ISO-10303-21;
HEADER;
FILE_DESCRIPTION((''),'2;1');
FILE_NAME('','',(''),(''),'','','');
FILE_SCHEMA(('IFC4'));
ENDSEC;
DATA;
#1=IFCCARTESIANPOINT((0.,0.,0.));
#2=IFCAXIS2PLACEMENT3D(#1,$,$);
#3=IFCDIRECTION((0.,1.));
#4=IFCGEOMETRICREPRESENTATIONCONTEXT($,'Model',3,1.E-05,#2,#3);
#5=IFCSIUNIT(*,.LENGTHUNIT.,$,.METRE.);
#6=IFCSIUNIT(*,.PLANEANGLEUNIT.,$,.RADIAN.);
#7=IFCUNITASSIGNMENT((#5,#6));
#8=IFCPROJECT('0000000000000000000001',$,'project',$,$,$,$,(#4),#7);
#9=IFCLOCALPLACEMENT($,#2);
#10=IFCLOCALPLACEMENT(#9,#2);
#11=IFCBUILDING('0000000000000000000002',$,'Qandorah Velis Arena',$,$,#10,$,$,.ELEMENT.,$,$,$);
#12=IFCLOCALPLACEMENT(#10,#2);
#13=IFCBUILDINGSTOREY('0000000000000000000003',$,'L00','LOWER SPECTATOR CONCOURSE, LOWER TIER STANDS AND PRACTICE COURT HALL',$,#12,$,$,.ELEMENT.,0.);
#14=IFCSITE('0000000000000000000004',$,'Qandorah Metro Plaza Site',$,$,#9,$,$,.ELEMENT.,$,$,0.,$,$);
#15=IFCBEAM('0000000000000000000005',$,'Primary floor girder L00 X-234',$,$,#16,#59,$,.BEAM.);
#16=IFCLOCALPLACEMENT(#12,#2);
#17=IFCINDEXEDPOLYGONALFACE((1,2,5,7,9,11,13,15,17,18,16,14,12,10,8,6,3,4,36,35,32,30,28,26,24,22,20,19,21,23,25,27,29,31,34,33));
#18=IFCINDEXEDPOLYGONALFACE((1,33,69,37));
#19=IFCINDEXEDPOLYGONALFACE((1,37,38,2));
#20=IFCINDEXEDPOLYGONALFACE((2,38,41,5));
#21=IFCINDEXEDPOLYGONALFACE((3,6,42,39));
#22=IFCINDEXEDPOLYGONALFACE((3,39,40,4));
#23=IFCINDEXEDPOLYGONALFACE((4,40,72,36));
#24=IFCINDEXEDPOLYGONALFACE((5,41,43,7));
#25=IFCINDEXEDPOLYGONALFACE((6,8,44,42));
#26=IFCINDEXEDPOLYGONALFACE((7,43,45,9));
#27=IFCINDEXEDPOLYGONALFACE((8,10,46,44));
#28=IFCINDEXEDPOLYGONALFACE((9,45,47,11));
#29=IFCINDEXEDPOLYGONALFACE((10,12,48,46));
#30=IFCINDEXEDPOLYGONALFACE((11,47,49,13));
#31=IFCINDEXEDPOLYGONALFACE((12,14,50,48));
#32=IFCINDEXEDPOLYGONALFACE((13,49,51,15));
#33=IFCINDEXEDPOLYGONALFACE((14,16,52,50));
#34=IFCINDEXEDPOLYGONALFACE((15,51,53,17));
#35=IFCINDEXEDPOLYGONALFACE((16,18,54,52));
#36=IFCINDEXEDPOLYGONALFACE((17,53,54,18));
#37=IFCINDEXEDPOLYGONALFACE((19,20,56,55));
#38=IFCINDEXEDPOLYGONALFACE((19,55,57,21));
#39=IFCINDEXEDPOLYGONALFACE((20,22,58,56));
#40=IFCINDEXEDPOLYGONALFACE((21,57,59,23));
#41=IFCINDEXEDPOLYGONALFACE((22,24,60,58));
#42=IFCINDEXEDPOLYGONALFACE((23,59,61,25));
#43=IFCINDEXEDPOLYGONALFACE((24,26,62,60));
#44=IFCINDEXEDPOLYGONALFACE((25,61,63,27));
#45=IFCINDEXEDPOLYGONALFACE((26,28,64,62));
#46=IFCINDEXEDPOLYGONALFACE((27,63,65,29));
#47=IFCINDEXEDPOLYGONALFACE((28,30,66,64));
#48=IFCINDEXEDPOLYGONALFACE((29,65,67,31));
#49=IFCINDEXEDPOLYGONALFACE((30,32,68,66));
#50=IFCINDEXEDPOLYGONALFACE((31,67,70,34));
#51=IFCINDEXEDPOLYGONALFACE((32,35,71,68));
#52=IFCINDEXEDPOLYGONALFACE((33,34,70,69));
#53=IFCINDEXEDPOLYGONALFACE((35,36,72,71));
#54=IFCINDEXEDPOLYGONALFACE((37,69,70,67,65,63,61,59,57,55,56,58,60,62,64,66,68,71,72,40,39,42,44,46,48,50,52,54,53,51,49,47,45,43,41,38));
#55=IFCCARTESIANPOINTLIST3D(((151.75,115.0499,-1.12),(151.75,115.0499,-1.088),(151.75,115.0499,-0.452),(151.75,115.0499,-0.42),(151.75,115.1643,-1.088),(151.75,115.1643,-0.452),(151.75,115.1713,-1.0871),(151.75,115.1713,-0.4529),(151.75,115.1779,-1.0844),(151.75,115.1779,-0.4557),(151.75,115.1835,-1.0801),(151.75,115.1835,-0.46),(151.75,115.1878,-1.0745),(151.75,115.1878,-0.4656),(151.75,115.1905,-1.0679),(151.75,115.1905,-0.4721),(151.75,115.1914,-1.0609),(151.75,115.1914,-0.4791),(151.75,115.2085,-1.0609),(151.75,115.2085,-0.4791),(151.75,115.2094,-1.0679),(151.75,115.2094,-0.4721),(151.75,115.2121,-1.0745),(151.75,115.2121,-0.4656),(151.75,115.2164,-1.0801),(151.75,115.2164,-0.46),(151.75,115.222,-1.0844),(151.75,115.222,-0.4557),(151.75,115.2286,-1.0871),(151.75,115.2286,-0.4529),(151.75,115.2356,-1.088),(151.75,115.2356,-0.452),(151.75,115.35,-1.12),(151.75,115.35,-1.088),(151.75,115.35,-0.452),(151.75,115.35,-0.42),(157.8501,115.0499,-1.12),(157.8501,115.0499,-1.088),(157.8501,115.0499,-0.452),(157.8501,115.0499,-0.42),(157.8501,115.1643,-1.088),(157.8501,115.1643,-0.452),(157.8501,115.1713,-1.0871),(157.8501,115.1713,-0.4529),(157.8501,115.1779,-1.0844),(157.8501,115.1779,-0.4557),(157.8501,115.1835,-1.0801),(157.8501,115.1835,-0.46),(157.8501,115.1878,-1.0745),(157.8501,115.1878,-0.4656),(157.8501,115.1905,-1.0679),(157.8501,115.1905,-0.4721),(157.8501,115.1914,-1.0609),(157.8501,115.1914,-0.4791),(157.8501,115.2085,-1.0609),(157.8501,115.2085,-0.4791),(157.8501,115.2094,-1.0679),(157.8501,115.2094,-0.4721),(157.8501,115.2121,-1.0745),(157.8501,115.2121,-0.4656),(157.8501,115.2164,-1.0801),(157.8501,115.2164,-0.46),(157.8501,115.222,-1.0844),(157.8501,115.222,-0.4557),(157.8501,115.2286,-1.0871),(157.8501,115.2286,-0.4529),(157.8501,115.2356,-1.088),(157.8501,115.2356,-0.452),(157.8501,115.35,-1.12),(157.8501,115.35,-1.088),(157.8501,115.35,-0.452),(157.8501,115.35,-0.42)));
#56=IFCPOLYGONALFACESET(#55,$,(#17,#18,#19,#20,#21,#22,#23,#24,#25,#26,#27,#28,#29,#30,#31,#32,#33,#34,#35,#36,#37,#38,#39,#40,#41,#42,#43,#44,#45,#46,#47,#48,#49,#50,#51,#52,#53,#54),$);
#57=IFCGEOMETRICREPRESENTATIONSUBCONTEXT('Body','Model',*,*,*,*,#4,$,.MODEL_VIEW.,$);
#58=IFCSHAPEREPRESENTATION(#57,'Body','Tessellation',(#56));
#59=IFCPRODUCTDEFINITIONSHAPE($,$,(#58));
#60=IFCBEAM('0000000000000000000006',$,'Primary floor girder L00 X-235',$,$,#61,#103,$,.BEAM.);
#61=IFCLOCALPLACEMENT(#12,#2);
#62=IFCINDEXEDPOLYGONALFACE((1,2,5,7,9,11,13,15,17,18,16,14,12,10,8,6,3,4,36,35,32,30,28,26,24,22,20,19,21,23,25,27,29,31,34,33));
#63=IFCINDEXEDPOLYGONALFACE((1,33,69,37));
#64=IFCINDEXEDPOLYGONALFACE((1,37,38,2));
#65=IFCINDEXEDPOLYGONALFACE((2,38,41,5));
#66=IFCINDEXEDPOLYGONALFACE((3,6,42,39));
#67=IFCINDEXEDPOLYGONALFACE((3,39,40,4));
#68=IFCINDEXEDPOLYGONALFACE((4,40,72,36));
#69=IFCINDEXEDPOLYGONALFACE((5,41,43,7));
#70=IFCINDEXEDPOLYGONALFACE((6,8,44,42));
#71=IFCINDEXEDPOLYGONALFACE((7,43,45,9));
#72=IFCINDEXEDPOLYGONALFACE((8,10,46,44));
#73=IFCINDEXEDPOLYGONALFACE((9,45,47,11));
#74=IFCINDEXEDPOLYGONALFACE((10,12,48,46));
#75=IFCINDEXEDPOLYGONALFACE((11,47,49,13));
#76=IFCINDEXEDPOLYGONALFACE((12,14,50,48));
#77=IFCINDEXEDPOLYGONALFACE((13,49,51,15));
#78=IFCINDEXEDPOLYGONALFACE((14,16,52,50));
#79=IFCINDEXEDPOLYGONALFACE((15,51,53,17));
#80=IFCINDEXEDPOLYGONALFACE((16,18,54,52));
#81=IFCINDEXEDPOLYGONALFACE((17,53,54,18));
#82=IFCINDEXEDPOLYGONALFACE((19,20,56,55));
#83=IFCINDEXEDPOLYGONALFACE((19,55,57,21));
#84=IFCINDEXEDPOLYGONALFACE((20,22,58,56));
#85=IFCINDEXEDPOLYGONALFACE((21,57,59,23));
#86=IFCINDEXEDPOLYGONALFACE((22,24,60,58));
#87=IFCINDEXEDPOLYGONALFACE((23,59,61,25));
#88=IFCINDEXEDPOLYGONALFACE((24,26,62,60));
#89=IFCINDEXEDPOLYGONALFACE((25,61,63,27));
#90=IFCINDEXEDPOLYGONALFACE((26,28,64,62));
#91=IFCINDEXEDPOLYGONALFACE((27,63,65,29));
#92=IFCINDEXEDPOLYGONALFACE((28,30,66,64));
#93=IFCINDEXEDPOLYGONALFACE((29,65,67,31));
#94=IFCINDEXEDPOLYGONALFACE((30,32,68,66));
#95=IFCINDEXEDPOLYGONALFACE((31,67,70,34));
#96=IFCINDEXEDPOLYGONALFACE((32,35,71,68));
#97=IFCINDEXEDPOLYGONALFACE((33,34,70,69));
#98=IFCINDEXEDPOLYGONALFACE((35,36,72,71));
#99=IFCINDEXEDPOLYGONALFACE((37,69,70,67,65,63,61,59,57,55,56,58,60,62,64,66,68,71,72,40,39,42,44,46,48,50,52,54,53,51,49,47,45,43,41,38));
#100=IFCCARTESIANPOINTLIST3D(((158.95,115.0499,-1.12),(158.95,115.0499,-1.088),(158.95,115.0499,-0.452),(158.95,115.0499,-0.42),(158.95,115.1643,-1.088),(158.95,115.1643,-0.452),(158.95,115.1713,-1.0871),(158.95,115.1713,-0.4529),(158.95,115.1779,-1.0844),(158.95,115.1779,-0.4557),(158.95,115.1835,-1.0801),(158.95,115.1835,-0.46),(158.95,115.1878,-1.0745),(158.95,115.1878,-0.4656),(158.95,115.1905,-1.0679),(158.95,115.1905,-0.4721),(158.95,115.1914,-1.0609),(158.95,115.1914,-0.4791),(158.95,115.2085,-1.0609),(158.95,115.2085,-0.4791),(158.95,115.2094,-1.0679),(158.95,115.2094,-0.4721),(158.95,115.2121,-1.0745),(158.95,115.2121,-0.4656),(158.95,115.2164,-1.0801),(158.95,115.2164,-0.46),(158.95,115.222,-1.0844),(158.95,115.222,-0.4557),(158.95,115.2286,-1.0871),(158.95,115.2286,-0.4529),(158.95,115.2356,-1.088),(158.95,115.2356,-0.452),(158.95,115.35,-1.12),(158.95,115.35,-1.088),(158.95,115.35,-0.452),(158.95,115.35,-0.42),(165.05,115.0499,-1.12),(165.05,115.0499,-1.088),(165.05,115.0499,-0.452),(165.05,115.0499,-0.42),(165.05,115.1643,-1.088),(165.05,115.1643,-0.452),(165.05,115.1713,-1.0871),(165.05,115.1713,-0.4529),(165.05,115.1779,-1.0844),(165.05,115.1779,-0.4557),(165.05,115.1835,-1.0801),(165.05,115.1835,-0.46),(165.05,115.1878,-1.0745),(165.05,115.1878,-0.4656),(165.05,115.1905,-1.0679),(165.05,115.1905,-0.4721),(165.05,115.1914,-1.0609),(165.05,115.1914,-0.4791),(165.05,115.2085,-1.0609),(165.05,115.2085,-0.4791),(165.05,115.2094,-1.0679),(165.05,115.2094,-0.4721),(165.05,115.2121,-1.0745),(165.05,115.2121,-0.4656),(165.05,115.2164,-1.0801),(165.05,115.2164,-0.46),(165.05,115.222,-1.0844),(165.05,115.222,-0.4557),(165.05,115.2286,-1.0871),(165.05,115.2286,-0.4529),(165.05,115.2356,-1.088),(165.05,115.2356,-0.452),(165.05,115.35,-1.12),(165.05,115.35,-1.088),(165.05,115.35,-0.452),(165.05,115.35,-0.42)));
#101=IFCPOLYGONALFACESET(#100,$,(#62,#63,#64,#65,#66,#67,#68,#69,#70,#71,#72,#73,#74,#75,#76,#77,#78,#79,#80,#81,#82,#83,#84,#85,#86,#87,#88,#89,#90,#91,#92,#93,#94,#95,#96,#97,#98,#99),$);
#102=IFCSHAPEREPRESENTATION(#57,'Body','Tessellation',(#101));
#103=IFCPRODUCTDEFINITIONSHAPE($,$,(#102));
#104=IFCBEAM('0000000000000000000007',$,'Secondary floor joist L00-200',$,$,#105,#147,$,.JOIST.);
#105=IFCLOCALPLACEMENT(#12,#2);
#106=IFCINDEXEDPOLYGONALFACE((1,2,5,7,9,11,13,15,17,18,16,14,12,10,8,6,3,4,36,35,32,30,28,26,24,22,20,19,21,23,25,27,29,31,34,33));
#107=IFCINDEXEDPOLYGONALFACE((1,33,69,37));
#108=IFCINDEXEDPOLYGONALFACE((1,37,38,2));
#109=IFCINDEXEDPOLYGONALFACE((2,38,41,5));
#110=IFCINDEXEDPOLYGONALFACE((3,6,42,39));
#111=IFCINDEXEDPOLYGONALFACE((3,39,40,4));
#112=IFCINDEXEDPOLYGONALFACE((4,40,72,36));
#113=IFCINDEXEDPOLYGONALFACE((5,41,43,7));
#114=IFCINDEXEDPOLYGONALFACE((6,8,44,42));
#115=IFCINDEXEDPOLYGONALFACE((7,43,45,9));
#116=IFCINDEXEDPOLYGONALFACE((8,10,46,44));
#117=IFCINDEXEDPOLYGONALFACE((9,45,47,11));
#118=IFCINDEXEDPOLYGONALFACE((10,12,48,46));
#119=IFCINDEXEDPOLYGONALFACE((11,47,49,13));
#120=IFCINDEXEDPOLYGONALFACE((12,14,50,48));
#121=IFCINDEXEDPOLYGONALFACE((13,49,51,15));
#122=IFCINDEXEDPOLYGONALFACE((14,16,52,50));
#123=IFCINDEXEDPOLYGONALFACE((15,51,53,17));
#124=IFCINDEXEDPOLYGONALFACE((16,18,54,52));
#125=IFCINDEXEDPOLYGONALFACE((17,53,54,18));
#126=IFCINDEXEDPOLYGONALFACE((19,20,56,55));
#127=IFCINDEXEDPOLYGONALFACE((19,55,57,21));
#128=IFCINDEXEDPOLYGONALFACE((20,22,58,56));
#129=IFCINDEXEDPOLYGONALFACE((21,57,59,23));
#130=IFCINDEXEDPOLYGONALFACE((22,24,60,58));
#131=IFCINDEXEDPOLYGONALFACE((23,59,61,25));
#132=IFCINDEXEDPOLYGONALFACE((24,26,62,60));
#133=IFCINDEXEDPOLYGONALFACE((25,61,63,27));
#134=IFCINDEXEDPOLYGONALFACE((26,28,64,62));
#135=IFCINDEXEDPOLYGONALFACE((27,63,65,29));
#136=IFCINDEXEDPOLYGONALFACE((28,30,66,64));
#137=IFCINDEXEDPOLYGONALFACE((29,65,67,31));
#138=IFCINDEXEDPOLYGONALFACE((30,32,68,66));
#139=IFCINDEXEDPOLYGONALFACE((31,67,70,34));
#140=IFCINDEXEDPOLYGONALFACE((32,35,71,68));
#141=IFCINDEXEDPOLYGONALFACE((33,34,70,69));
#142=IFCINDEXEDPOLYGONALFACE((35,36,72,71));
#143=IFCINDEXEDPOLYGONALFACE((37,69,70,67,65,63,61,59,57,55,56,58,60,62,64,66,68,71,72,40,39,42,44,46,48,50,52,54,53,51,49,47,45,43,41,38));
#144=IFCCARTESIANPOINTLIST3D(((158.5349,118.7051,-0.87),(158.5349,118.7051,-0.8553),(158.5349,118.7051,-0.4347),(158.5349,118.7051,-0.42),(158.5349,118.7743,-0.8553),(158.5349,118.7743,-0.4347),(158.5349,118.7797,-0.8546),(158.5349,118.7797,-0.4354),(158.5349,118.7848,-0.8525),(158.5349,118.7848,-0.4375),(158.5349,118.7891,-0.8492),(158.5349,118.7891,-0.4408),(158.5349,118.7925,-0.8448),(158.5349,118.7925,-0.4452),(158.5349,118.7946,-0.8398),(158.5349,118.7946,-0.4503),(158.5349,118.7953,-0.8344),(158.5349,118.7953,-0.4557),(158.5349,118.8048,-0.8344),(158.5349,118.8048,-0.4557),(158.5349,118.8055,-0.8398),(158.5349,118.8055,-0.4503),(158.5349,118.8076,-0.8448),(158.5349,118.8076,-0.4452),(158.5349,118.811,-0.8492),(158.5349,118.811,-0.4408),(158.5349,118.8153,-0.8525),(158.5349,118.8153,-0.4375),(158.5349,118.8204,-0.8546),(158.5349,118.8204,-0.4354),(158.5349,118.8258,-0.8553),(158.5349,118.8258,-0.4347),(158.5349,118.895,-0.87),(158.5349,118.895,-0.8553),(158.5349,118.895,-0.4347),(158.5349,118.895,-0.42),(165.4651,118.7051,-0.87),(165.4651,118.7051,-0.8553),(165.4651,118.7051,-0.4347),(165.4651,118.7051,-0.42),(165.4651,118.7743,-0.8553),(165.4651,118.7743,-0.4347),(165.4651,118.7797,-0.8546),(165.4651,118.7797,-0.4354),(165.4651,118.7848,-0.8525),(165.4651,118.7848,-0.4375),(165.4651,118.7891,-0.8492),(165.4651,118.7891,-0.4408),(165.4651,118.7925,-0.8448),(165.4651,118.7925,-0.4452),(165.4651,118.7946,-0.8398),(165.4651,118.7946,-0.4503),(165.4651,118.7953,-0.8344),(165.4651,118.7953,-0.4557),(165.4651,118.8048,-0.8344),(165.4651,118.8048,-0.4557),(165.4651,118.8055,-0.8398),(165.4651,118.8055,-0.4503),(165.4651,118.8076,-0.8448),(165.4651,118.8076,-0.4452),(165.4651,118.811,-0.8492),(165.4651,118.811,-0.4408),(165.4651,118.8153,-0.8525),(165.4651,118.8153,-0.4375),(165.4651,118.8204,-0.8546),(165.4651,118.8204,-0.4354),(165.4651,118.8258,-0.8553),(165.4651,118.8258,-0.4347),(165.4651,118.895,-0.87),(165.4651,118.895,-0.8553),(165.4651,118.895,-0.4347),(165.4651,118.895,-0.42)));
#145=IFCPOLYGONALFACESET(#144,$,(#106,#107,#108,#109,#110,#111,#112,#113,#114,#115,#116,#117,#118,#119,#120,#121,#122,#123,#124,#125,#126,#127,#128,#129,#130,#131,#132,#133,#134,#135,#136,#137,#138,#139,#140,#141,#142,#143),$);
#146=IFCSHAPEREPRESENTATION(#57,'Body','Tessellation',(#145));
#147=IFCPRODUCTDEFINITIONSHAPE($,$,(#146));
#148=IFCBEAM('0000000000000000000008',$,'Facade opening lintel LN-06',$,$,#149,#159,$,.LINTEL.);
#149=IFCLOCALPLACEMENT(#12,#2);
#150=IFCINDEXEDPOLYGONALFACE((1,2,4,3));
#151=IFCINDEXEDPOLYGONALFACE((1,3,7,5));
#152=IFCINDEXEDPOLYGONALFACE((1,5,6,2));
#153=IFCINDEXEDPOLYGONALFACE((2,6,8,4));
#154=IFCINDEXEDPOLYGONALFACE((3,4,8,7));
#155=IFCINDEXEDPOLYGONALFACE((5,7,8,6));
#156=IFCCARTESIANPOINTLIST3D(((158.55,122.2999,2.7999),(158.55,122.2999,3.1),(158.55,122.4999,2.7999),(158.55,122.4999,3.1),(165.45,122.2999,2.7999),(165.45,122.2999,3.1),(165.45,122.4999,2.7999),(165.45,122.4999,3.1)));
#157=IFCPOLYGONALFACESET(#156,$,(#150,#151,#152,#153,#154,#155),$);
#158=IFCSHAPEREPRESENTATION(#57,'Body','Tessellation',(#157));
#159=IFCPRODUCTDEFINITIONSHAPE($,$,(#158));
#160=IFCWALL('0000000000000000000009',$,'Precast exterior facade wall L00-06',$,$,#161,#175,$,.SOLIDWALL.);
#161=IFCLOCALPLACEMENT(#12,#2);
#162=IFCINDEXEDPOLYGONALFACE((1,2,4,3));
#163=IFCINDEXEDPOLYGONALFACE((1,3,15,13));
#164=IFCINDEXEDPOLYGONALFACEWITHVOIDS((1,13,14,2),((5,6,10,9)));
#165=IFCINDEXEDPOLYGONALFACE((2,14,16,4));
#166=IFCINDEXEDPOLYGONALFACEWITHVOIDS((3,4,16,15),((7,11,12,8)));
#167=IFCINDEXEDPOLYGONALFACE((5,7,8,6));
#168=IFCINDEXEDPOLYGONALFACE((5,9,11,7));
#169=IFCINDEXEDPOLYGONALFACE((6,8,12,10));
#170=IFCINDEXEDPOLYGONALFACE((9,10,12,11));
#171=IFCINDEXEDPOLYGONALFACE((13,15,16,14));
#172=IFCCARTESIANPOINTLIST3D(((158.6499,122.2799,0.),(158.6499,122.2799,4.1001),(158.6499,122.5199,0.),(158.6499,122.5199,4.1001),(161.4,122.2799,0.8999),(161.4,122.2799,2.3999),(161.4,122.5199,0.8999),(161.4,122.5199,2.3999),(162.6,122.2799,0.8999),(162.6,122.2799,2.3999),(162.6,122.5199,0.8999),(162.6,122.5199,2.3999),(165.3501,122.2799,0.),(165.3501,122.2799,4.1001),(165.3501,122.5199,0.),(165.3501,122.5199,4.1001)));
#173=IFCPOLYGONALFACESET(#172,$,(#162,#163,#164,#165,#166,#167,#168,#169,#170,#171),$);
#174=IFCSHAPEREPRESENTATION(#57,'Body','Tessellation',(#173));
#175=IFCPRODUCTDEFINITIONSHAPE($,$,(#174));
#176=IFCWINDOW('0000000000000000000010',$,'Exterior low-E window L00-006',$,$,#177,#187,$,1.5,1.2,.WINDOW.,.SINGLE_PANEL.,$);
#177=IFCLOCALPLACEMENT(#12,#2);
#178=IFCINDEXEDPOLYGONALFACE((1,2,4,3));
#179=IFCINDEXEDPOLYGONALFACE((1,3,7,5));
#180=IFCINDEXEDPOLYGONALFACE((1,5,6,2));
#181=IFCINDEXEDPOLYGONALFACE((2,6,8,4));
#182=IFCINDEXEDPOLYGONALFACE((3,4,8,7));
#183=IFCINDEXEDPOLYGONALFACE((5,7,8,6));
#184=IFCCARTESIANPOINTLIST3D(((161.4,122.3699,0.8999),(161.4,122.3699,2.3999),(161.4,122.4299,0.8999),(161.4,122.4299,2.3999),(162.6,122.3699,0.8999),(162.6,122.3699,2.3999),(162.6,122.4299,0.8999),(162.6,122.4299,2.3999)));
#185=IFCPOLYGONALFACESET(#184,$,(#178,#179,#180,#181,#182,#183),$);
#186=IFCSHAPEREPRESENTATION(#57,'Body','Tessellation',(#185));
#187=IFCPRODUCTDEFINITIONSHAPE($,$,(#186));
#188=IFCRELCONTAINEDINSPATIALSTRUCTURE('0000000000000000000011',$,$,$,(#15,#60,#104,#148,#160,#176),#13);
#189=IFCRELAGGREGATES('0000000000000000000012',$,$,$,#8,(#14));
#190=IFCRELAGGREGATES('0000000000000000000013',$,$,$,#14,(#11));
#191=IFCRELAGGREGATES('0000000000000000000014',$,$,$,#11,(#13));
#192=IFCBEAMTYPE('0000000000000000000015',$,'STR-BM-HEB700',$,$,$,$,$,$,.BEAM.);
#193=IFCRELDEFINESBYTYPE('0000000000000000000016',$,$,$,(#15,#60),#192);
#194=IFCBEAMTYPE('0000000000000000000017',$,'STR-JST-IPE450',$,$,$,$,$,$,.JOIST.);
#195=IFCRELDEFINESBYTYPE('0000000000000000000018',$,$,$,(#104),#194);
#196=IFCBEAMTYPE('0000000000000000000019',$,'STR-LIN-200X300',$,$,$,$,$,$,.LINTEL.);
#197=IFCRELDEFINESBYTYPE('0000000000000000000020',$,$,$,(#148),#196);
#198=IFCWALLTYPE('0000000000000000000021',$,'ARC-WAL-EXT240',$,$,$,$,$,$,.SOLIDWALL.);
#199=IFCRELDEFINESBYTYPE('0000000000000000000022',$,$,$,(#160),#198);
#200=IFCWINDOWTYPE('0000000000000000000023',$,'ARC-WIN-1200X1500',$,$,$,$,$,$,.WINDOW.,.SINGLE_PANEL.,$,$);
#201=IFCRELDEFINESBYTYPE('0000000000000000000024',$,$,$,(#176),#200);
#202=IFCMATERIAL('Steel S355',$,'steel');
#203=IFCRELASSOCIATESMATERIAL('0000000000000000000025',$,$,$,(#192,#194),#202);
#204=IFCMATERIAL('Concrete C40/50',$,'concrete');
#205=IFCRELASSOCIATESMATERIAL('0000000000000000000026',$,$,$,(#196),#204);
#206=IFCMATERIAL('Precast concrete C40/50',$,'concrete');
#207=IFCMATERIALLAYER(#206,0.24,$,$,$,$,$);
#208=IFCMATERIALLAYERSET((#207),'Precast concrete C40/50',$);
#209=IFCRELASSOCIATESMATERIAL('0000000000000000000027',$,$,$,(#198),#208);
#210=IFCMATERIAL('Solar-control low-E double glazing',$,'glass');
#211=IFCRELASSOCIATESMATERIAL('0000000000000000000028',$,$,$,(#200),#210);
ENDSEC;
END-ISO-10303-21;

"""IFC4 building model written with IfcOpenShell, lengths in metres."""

from ifc_helpers import new_model, si_unit, direction, frame, frame_2d, origin, origin_2d, place, context, subcontext, project, spatial, rectangle, i_section, extrude, material, layer, layer_set, material_profile, profile_set, type_object, element, fill, save


model = new_model("IFC4")

# Units and contexts
model_context = context("Model", 3, precision=1e-05, world=origin(), true_north=direction((0.0, 1.0)))
body_context = subcontext(model_context, "Body", "Model", "MODEL_VIEW")
ifc_project = project(units=[si_unit("LENGTHUNIT", "METRE"), si_unit("PLANEANGLEUNIT", "RADIAN")], contexts=[model_context])

# Site, building, storey
site_placement = place(None, origin())
site = spatial("IfcSite", under=ifc_project, at=site_placement, Name="Qandorah Metro Plaza Site", CompositionType="ELEMENT", RefElevation=0.0)
building_placement = place(site_placement, origin())
building = spatial("IfcBuilding", under=site, at=building_placement, Name="Qandorah Velis Arena", CompositionType="ELEMENT")
storey_placement = place(building_placement, origin())
storey = spatial("IfcBuildingStorey", under=building, at=storey_placement, Name="L00", Description="LOWER SPECTATOR CONCOURSE, LOWER TIER STANDS AND PRACTICE COURT HALL", CompositionType="ELEMENT", Elevation=0.0)

# Shared definitions
ifc_material_1 = material(Name="Concrete C40/50", Category="concrete")

# Beams
ifc_material_2 = material(Name="Steel S355", Category="steel")
ifc_material_profile_1 = material_profile(ifc_material_2, i_section(OverallWidth=0.3, OverallDepth=0.7, WebThickness=0.0171, FlangeThickness=0.032, FilletRadius=0.0271, at=origin_2d()), Name="HEB 700")
ifc_profile_set_1 = profile_set([ifc_material_profile_1], Name="Steel S355")
beam_type_1 = type_object("IfcBeamType", Name="STR-BM-HEB700", PredefinedType="BEAM", material=ifc_profile_set_1)
for number, where, z_axis, x_axis, name in (
    (1, (151.75, 115.2, -0.77), (1.0, 0.0, 0.0), (0.0, 1.0, 0.0), "Primary floor girder L00 X-234"),
    (2, (158.95, 115.2, -0.77), (1.0, 0.0, 0.0), (0.0, 1.0, 0.0), "Primary floor girder L00 X-235"),
):
    element("IfcBeam", number, at=place(storey_placement, frame(where, z_axis=z_axis, x_axis=x_axis)), inside=storey, type_object=beam_type_1, Name=name, PredefinedType="BEAM", context=body_context, shape_type="SweptSolid", body=[
        extrude(i_section(OverallWidth=0.3, OverallDepth=0.7, WebThickness=0.0171, FlangeThickness=0.032, FilletRadius=0.0271, at=origin_2d()), origin(), (0.0, 0.0, 1.0), 6.1001),
    ])
ifc_material_profile_2 = material_profile(ifc_material_2, i_section(OverallWidth=0.1899, OverallDepth=0.45, WebThickness=0.0095, FlangeThickness=0.0146, FilletRadius=0.021, at=origin_2d()), Name="IPE 450")
ifc_profile_set_2 = profile_set([ifc_material_profile_2], Name="Steel S355")
beam_type_2 = type_object("IfcBeamType", Name="STR-JST-IPE450", PredefinedType="JOIST", material=ifc_profile_set_2)
beam_1_placement = place(storey_placement, frame((158.5349, 118.8, -0.645), z_axis=(1.0, 0.0, 0.0), x_axis=(0.0, 1.0, 0.0)))
element("IfcBeam", 3, at=beam_1_placement, inside=storey, type_object=beam_type_2, Name="Secondary floor joist L00-200", PredefinedType="JOIST", context=body_context, shape_type="SweptSolid", body=[
    extrude(i_section(OverallWidth=0.1899, OverallDepth=0.45, WebThickness=0.0095, FlangeThickness=0.0146, FilletRadius=0.021, at=origin_2d()), origin(), (0.0, 0.0, 1.0), 6.9302),
])
ifc_material_profile_3 = material_profile(ifc_material_1, rectangle(XDim=0.2, YDim=0.3, at=origin_2d()), Name="RC LINTEL 200x300")
ifc_profile_set_3 = profile_set([ifc_material_profile_3], Name="Concrete C40/50")
beam_type_3 = type_object("IfcBeamType", Name="STR-LIN-200X300", PredefinedType="LINTEL", material=ifc_profile_set_3)
beam_2_placement = place(storey_placement, frame((158.55, 122.3999, 2.95), z_axis=(1.0, 0.0, 0.0), x_axis=(0.0, 1.0, 0.0)))
element("IfcBeam", 4, at=beam_2_placement, inside=storey, type_object=beam_type_3, Name="Facade opening lintel LN-06", PredefinedType="LINTEL", context=body_context, shape_type="SweptSolid", body=[
    extrude(rectangle(XDim=0.2, YDim=0.3, at=origin_2d()), origin(), (0.0, 0.0, 1.0), 6.8999),
])

# Wall, opening, window
ifc_material_3 = material(Name="Precast concrete C40/50", Category="concrete")
ifc_layer_1 = layer(ifc_material_3, 0.24)
ifc_layer_set_1 = layer_set([ifc_layer_1], Name="Precast concrete C40/50")
wall_type_1 = type_object("IfcWallType", Name="ARC-WAL-EXT240", PredefinedType="SOLIDWALL", material=ifc_layer_set_1)
wall_1_placement = place(storey_placement, frame((158.6499, 122.3999, 0.0), z_axis=(0.0, 0.0, 1.0), x_axis=(1.0, 0.0, 0.0)))
wall_1 = element("IfcWall", 5, at=wall_1_placement, inside=storey, type_object=wall_type_1, Name="Precast exterior facade wall L00-06", PredefinedType="SOLIDWALL", context=body_context, shape_type="SweptSolid", body=[
    extrude(rectangle(XDim=6.7002, YDim=0.24, at=frame_2d((3.3501, 0.0))), origin(), (0.0, 0.0, 1.0), 4.1001),
])
opening_1_placement = place(wall_1_placement, frame((2.75, 0.0, 0.8999)))
opening_1 = element("IfcOpeningElement", 6, at=opening_1_placement, cuts=wall_1, PredefinedType="OPENING", context=body_context, shape_type="SweptSolid", body=[
    extrude(rectangle(XDim=1.2, YDim=1.5, at=frame_2d((0.6001, 0.75))), frame((0.0, 0.1299, 0.0), z_axis=(0.0, -1.0, 0.0), x_axis=(1.0, 0.0, 0.0)), (0.0, 0.0, 1.0), 0.26),
])
ifc_material_4 = material(Name="Solar-control low-E double glazing", Category="glass")
window_type_1 = type_object("IfcWindowType", Name="ARC-WIN-1200X1500", PartitioningType="SINGLE_PANEL", PredefinedType="WINDOW", material=ifc_material_4)
window_1_placement = place(opening_1_placement, origin())
window_1 = element("IfcWindow", 7, at=window_1_placement, inside=storey, type_object=window_type_1, Name="Exterior low-E window L00-006", OverallHeight=1.5, OverallWidth=1.2, PartitioningType="SINGLE_PANEL", PredefinedType="WINDOW", context=body_context, shape_type="SweptSolid", body=[
    extrude(rectangle(XDim=1.2, YDim=1.5, at=frame_2d((0.6001, 0.75))), frame((0.0, 0.03, 0.0), z_axis=(0.0, -1.0, 0.0), x_axis=(1.0, 0.0, 0.0)), (0.0, 0.0, 1.0), 0.0601),
])
fill(opening_1, window_1)

save(model, "model.ifc")
